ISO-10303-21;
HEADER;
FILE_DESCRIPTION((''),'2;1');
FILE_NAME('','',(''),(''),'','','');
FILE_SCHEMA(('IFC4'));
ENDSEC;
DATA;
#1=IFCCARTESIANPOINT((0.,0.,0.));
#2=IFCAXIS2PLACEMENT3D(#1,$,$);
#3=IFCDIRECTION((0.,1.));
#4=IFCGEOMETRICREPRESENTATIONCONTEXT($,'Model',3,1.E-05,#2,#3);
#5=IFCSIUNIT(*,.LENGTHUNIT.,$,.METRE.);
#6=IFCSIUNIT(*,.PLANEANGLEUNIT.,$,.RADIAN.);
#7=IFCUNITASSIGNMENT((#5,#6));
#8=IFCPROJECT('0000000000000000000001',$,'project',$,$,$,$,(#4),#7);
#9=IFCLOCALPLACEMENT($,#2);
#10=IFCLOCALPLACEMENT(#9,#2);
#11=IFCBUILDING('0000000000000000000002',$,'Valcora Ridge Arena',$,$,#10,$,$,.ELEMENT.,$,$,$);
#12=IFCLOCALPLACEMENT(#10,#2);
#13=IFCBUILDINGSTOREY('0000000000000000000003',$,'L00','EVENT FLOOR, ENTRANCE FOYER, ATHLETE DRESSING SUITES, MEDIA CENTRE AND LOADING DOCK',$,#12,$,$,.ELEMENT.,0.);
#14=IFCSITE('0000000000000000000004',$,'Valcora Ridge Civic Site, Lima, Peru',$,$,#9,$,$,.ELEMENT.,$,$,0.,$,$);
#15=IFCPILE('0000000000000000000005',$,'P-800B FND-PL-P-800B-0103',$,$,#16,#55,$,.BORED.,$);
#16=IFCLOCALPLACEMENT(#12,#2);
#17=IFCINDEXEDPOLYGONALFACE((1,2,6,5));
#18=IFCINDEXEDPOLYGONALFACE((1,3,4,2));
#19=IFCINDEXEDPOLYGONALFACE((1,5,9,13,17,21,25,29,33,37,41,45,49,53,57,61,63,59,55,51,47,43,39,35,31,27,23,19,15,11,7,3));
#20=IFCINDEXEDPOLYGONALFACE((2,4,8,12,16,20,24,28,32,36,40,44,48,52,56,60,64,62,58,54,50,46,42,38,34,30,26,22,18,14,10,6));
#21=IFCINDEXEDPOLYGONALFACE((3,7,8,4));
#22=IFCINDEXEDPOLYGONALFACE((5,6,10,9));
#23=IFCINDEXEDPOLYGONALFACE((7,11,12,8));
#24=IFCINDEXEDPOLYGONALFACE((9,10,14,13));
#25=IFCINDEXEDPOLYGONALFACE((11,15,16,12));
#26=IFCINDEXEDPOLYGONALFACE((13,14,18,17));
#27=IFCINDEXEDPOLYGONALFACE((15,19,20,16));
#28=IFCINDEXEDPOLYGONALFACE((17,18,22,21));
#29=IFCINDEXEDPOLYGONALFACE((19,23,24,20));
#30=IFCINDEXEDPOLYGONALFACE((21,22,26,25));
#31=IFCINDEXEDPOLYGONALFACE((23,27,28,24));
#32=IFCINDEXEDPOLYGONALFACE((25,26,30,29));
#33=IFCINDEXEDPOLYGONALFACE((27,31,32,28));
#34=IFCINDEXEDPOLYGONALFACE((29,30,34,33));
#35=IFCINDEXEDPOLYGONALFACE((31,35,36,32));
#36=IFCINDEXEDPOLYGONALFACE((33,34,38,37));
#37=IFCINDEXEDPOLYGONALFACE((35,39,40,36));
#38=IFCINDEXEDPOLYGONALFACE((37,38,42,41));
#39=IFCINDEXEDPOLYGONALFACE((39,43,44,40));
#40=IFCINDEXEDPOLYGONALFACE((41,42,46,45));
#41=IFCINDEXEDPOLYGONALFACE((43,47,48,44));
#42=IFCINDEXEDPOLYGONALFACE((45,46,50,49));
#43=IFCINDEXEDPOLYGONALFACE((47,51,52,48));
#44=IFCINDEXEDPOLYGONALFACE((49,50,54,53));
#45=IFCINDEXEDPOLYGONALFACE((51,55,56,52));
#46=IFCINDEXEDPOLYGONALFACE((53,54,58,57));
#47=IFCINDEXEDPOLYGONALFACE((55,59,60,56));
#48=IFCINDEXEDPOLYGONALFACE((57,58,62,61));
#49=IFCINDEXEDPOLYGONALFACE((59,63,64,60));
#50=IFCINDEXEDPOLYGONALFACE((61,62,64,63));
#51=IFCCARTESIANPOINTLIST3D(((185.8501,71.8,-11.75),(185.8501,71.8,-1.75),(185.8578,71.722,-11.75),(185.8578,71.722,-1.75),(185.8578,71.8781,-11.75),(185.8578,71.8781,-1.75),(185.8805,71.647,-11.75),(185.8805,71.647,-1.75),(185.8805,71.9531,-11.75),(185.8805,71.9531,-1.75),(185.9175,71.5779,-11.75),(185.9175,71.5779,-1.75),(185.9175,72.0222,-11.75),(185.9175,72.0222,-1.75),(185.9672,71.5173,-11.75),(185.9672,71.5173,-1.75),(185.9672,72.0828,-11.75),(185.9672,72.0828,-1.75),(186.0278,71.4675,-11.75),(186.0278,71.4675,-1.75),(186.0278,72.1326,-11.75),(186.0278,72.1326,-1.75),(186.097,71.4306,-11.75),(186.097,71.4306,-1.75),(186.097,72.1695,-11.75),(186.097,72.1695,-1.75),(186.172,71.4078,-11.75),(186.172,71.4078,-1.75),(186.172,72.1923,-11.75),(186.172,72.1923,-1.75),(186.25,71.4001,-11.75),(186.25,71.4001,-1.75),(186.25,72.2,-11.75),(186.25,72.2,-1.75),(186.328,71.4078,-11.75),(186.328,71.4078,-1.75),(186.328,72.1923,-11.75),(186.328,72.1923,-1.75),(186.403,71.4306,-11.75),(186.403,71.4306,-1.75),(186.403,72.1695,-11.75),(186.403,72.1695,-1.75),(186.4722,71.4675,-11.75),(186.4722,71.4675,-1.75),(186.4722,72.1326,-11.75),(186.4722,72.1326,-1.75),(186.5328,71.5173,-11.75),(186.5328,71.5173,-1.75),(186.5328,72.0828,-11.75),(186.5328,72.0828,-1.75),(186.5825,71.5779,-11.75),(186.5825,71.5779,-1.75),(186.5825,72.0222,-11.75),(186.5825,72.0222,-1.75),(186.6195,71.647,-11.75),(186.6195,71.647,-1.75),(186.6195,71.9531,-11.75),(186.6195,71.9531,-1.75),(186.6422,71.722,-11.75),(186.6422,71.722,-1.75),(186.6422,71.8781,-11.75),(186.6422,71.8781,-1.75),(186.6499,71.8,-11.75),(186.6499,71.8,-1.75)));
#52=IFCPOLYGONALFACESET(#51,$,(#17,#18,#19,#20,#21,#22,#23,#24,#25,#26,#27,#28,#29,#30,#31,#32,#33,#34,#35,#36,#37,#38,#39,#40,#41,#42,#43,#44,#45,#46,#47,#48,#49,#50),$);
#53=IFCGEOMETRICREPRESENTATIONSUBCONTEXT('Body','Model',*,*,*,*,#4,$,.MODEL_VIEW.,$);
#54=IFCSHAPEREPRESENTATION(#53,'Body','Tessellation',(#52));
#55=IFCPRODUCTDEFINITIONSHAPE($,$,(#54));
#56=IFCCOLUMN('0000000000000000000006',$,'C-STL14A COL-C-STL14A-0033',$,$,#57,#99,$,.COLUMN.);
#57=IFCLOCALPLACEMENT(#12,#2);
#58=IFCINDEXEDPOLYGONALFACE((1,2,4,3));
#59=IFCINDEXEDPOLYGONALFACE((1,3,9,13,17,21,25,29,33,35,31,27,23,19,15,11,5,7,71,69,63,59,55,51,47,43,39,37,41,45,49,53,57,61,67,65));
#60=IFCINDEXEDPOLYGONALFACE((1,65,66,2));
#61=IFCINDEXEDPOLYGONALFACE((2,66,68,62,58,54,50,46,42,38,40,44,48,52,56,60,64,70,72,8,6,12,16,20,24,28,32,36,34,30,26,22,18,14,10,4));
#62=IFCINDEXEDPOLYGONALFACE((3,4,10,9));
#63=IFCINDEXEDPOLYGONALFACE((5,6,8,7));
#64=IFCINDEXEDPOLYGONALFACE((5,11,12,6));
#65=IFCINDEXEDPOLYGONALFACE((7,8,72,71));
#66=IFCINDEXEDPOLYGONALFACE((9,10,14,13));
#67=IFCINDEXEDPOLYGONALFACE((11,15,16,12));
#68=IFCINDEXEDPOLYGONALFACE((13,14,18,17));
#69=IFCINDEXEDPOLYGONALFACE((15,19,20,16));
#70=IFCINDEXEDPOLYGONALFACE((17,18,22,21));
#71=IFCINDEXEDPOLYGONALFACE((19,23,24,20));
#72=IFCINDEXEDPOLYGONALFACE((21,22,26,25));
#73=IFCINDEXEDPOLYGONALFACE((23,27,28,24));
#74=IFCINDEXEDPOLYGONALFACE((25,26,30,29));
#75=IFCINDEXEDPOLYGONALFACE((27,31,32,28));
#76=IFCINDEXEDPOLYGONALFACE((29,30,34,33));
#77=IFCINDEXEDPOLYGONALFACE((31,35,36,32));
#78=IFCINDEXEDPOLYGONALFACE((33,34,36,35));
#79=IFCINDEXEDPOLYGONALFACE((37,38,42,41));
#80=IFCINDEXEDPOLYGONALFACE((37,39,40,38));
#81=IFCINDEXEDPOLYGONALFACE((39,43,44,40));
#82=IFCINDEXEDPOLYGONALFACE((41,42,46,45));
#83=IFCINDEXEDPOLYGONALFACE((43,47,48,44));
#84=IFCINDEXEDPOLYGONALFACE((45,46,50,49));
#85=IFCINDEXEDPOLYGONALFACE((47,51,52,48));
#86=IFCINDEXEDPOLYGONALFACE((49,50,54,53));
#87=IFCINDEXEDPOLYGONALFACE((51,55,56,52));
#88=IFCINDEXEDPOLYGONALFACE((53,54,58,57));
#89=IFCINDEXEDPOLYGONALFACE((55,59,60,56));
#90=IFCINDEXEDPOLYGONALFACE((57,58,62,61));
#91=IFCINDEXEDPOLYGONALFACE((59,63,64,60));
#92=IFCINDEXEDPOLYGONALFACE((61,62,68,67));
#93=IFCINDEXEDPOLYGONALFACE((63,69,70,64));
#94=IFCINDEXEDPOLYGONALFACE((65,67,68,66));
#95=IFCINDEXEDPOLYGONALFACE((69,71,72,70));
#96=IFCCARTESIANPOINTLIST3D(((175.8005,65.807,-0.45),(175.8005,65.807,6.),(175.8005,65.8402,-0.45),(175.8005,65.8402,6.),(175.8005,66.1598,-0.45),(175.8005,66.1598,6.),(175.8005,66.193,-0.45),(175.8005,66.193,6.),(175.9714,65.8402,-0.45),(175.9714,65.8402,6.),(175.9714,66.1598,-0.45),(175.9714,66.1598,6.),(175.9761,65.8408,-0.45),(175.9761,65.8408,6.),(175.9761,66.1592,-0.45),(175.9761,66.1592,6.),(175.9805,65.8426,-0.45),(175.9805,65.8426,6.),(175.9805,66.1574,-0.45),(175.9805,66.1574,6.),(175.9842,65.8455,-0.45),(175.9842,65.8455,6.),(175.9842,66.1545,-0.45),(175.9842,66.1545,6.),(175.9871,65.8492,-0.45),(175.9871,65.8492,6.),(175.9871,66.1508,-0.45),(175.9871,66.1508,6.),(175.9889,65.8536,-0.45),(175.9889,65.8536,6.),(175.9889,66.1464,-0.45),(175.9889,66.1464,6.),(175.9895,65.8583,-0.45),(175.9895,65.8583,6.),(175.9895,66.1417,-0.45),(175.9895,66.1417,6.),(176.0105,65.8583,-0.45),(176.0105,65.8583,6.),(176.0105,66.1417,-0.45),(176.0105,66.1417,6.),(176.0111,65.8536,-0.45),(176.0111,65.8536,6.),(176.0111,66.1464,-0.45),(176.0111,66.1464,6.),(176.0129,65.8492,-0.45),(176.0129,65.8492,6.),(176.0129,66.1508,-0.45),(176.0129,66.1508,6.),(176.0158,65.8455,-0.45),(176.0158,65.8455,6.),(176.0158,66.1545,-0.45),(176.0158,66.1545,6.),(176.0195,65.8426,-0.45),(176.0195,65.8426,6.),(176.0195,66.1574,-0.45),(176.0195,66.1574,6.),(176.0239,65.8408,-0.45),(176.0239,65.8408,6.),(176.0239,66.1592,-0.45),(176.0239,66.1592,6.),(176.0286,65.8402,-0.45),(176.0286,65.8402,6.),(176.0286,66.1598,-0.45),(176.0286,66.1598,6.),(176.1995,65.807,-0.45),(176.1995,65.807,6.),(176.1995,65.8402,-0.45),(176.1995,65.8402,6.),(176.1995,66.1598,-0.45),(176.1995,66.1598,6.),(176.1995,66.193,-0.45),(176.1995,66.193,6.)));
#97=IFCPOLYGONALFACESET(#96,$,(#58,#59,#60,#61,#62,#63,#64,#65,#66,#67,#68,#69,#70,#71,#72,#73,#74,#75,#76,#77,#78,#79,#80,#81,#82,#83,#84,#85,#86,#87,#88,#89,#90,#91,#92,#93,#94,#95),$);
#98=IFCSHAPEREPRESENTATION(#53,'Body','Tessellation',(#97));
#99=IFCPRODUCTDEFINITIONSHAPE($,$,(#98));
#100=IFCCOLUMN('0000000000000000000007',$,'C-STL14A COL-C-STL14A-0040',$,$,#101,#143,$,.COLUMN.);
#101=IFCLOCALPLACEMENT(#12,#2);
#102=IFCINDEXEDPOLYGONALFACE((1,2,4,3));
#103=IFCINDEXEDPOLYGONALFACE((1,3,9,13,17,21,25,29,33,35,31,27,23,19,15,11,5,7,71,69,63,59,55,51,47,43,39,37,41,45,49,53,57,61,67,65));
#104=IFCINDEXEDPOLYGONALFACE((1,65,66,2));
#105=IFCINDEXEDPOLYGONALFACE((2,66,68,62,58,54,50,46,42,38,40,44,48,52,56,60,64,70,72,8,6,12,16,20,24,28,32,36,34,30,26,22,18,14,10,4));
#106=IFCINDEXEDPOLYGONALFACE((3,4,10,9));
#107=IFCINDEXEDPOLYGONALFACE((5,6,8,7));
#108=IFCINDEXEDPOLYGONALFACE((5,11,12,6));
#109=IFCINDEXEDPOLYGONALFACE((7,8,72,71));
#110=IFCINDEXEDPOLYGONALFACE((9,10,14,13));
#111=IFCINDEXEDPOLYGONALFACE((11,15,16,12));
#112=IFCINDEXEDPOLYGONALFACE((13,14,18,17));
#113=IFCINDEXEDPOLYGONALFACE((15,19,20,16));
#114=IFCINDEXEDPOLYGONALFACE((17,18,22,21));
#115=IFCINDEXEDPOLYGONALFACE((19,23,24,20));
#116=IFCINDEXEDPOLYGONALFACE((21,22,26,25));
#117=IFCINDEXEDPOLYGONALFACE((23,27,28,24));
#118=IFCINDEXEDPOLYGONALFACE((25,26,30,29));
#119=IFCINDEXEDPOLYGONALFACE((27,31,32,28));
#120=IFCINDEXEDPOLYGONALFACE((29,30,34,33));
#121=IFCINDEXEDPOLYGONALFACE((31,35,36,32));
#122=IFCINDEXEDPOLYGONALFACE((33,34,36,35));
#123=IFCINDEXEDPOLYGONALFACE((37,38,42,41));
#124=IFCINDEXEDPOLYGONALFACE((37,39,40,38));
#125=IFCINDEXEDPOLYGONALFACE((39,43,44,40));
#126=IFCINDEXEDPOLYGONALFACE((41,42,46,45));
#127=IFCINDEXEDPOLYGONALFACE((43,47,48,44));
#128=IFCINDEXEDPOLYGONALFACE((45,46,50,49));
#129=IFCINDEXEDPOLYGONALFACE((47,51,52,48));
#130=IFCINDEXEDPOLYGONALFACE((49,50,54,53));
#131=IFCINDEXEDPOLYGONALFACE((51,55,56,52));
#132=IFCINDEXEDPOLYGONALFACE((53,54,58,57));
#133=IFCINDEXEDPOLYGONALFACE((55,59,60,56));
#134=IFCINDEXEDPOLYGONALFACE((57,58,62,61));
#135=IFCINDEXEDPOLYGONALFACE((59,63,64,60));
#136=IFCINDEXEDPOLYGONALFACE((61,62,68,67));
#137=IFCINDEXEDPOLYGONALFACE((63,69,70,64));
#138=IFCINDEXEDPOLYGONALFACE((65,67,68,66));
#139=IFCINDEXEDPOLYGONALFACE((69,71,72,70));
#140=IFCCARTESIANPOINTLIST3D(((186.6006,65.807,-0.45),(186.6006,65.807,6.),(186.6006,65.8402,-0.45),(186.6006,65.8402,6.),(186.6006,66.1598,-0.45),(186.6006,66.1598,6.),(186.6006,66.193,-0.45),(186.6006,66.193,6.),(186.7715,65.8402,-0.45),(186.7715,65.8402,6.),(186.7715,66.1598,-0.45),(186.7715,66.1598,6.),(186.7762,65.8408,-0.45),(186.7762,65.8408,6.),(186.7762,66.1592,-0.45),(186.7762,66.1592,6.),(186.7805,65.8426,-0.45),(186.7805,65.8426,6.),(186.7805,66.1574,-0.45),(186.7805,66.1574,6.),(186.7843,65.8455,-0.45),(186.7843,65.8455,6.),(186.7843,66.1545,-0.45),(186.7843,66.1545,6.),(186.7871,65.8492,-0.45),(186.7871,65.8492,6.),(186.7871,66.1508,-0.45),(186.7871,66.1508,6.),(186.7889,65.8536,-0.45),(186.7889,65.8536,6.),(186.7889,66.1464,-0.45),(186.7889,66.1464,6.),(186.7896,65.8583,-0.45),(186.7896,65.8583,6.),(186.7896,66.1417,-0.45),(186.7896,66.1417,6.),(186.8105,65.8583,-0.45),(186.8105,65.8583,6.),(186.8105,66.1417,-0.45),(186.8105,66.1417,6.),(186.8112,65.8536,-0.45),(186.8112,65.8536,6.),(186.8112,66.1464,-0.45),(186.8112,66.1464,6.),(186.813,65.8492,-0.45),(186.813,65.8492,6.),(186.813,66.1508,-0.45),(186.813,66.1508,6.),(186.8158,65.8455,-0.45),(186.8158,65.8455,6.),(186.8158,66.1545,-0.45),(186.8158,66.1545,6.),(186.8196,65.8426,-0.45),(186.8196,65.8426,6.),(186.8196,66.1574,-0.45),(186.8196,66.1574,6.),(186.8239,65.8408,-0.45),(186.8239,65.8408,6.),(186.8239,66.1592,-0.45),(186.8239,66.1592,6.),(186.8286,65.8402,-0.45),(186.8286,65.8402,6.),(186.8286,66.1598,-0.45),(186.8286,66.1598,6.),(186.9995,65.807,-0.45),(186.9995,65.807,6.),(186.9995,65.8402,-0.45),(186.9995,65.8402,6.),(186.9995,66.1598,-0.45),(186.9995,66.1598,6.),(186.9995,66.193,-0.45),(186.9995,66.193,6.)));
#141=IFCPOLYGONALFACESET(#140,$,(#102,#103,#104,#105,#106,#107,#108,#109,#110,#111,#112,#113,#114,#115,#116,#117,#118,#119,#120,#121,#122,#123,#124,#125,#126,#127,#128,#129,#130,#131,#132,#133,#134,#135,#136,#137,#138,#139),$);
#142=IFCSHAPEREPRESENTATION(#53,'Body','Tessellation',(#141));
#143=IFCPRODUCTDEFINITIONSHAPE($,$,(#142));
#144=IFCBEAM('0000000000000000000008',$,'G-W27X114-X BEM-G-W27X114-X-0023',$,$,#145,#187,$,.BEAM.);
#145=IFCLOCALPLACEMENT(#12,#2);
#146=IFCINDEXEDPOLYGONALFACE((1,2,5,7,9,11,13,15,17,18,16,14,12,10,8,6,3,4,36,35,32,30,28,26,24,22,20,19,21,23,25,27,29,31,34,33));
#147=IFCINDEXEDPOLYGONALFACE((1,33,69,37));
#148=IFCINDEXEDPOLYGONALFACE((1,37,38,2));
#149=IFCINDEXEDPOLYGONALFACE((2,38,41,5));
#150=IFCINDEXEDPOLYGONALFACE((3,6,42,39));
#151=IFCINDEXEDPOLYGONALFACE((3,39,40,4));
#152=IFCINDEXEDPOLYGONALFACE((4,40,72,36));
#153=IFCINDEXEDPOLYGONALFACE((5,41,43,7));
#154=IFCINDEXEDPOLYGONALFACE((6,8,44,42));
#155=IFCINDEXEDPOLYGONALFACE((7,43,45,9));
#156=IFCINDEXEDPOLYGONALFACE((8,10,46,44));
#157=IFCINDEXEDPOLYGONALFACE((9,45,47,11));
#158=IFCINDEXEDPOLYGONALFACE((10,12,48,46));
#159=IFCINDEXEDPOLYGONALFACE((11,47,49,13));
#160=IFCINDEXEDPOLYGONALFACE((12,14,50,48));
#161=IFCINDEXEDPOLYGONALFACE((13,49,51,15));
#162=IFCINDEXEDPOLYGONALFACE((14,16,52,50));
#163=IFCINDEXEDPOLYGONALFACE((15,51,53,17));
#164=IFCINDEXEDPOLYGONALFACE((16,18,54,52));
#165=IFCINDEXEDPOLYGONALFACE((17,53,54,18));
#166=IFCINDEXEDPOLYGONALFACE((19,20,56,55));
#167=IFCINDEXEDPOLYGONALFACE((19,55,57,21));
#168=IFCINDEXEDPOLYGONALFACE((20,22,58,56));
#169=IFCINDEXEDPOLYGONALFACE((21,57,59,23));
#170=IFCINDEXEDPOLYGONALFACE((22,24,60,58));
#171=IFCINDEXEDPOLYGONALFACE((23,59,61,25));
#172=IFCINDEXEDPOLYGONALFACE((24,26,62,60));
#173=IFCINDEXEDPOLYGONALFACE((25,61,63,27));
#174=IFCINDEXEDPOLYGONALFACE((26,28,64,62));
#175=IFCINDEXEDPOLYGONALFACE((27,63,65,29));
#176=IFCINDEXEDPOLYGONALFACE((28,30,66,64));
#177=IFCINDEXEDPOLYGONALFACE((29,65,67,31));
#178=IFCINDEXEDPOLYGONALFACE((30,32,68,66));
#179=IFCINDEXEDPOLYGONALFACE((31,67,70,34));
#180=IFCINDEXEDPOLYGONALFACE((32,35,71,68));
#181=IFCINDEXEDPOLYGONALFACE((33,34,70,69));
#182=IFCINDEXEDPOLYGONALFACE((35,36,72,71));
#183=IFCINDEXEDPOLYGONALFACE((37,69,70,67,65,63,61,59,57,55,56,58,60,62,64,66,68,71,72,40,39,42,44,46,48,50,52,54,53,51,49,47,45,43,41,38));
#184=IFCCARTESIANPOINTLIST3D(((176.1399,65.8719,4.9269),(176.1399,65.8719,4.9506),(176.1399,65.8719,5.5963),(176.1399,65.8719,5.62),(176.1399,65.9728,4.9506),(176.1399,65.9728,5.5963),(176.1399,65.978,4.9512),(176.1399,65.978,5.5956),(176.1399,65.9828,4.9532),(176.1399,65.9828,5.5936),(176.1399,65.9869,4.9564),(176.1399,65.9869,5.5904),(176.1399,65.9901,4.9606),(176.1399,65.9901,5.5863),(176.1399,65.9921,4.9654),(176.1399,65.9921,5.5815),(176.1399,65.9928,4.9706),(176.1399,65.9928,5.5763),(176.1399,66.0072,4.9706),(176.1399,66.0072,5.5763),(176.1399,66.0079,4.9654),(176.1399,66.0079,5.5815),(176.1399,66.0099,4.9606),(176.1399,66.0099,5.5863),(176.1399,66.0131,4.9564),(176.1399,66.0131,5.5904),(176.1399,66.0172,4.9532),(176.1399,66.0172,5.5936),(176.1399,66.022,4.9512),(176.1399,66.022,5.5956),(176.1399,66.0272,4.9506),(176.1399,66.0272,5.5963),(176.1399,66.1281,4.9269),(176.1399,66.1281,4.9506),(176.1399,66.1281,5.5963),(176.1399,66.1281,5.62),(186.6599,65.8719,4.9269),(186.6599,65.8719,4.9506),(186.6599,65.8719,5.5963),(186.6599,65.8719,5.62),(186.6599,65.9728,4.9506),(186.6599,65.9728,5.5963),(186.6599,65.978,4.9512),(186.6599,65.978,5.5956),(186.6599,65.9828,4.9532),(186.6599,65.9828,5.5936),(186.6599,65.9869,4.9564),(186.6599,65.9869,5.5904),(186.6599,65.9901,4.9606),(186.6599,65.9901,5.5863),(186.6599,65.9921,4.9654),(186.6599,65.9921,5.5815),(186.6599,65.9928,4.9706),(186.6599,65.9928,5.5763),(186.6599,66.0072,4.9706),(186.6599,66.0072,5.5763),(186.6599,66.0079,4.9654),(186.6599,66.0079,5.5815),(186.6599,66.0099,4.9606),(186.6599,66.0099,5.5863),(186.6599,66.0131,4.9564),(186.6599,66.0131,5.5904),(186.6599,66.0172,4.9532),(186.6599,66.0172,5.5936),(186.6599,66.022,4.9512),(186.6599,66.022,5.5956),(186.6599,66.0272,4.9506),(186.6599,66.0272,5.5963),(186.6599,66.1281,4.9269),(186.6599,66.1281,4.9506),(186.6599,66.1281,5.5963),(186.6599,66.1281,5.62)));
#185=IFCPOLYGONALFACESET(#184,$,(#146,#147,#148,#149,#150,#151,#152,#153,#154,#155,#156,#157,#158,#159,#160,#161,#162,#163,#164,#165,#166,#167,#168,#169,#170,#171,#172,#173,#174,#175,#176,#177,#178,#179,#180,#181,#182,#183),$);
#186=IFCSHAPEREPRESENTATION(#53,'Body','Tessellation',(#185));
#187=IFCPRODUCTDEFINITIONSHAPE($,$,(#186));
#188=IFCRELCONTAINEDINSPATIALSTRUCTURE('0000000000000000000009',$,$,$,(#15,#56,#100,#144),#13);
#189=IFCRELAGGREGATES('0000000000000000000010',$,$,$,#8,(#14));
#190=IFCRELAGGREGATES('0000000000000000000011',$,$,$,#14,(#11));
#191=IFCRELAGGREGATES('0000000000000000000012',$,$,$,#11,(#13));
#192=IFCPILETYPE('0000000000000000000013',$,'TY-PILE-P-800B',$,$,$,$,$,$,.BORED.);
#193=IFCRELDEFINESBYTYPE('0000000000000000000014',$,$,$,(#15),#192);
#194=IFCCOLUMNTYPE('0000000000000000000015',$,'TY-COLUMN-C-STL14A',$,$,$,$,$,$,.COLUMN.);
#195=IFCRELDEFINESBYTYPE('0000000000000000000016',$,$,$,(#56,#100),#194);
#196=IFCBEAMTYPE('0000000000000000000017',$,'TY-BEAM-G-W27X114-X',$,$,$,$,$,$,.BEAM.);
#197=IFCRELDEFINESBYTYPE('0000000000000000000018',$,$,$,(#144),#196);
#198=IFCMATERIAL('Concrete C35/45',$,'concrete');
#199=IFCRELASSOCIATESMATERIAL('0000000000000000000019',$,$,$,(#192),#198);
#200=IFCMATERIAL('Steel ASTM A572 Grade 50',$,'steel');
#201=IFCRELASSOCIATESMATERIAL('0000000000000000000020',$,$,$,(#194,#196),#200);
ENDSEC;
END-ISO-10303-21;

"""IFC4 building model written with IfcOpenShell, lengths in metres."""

from ifc_helpers import new_model, si_unit, direction, frame, origin, origin_2d, place, context, subcontext, project, spatial, circle, i_section, extrude, material, material_profile, profile_set, type_object, element, save


model = new_model("IFC4")

# Units and contexts
model_context = context("Model", 3, precision=1e-05, world=origin(), true_north=direction((0.0, 1.0)))
body_context = subcontext(model_context, "Body", "Model", "MODEL_VIEW")
ifc_project = project(units=[si_unit("LENGTHUNIT", "METRE"), si_unit("PLANEANGLEUNIT", "RADIAN")], contexts=[model_context])

# Site, building, storey
site_placement = place(None, origin())
site = spatial("IfcSite", under=ifc_project, at=site_placement, Name="Valcora Ridge Civic Site, Lima, Peru", CompositionType="ELEMENT", RefElevation=0.0)
building_placement = place(site_placement, origin())
building = spatial("IfcBuilding", under=site, at=building_placement, Name="Valcora Ridge Arena", CompositionType="ELEMENT")
storey_placement = place(building_placement, origin())
storey = spatial("IfcBuildingStorey", under=building, at=storey_placement, Name="L00", Description="EVENT FLOOR, ENTRANCE FOYER, ATHLETE DRESSING SUITES, MEDIA CENTRE AND LOADING DOCK", CompositionType="ELEMENT", Elevation=0.0)

# Pile
ifc_material_1 = material(Name="Concrete C35/45", Category="concrete")
ifc_material_profile_1 = material_profile(ifc_material_1, circle(Radius=0.3999, at=origin_2d()), Name="BORED PILE D800")
ifc_profile_set_1 = profile_set([ifc_material_profile_1], Name="Concrete C35/45")
pile_type_1 = type_object("IfcPileType", Name="TY-PILE-P-800B", PredefinedType="BORED", material=ifc_profile_set_1)
pile_placement = place(storey_placement, frame((186.25, 71.8, -1.75), z_axis=(0.0, 0.0, -1.0), x_axis=(1.0, 0.0, 0.0)))
element("IfcPile", 1, at=pile_placement, inside=storey, type_object=pile_type_1, Name="P-800B FND-PL-P-800B-0103", PredefinedType="BORED", context=body_context, shape_type="SweptSolid", body=[
    extrude(circle(Radius=0.3999, at=origin_2d()), origin(), (0.0, 0.0, 1.0), 10.0),
])

# Columns
ifc_material_2 = material(Name="Steel ASTM A572 Grade 50", Category="steel")
ifc_material_profile_2 = material_profile(ifc_material_2, i_section(OverallWidth=0.3989, OverallDepth=0.386, WebThickness=0.021, FlangeThickness=0.0332, FilletRadius=0.0181, at=origin_2d()), Name="W14X176")
ifc_profile_set_2 = profile_set([ifc_material_profile_2], Name="Steel ASTM A572 Grade 50")
column_type = type_object("IfcColumnType", Name="TY-COLUMN-C-STL14A", PredefinedType="COLUMN", material=ifc_profile_set_2)
for number, where, z_axis, x_axis, name in (
    (2, (176.0, 66.0, -0.45), (0.0, 0.0, 1.0), (1.0, 0.0, 0.0), "C-STL14A COL-C-STL14A-0033"),
    (3, (186.8, 66.0, -0.45), (0.0, 0.0, 1.0), (1.0, 0.0, 0.0), "C-STL14A COL-C-STL14A-0040"),
):
    element("IfcColumn", number, at=place(storey_placement, frame(where, z_axis=z_axis, x_axis=x_axis)), inside=storey, type_object=column_type, Name=name, PredefinedType="COLUMN", context=body_context, shape_type="SweptSolid", body=[
        extrude(i_section(OverallWidth=0.3989, OverallDepth=0.386, WebThickness=0.021, FlangeThickness=0.0332, FilletRadius=0.0181, at=origin_2d()), origin(), (0.0, 0.0, 1.0), 6.45),
    ])

# Beam
ifc_material_profile_3 = material_profile(ifc_material_2, i_section(OverallWidth=0.2561, OverallDepth=0.6931, WebThickness=0.0144, FlangeThickness=0.0237, FilletRadius=0.02, at=origin_2d()), Name="W27X114")
ifc_profile_set_3 = profile_set([ifc_material_profile_3], Name="Steel ASTM A572 Grade 50")
beam_type_1 = type_object("IfcBeamType", Name="TY-BEAM-G-W27X114-X", PredefinedType="BEAM", material=ifc_profile_set_3)
beam_placement = place(storey_placement, frame((176.1399, 66.0, 5.2734), z_axis=(1.0, 0.0, 0.0), x_axis=(0.0, 1.0, 0.0)))
element("IfcBeam", 4, at=beam_placement, inside=storey, type_object=beam_type_1, Name="G-W27X114-X BEM-G-W27X114-X-0023", PredefinedType="BEAM", context=body_context, shape_type="SweptSolid", body=[
    extrude(i_section(OverallWidth=0.2561, OverallDepth=0.6931, WebThickness=0.0144, FlangeThickness=0.0237, FilletRadius=0.02, at=origin_2d()), origin(), (0.0, 0.0, 1.0), 10.52),
])

save(model, "model.ifc")
